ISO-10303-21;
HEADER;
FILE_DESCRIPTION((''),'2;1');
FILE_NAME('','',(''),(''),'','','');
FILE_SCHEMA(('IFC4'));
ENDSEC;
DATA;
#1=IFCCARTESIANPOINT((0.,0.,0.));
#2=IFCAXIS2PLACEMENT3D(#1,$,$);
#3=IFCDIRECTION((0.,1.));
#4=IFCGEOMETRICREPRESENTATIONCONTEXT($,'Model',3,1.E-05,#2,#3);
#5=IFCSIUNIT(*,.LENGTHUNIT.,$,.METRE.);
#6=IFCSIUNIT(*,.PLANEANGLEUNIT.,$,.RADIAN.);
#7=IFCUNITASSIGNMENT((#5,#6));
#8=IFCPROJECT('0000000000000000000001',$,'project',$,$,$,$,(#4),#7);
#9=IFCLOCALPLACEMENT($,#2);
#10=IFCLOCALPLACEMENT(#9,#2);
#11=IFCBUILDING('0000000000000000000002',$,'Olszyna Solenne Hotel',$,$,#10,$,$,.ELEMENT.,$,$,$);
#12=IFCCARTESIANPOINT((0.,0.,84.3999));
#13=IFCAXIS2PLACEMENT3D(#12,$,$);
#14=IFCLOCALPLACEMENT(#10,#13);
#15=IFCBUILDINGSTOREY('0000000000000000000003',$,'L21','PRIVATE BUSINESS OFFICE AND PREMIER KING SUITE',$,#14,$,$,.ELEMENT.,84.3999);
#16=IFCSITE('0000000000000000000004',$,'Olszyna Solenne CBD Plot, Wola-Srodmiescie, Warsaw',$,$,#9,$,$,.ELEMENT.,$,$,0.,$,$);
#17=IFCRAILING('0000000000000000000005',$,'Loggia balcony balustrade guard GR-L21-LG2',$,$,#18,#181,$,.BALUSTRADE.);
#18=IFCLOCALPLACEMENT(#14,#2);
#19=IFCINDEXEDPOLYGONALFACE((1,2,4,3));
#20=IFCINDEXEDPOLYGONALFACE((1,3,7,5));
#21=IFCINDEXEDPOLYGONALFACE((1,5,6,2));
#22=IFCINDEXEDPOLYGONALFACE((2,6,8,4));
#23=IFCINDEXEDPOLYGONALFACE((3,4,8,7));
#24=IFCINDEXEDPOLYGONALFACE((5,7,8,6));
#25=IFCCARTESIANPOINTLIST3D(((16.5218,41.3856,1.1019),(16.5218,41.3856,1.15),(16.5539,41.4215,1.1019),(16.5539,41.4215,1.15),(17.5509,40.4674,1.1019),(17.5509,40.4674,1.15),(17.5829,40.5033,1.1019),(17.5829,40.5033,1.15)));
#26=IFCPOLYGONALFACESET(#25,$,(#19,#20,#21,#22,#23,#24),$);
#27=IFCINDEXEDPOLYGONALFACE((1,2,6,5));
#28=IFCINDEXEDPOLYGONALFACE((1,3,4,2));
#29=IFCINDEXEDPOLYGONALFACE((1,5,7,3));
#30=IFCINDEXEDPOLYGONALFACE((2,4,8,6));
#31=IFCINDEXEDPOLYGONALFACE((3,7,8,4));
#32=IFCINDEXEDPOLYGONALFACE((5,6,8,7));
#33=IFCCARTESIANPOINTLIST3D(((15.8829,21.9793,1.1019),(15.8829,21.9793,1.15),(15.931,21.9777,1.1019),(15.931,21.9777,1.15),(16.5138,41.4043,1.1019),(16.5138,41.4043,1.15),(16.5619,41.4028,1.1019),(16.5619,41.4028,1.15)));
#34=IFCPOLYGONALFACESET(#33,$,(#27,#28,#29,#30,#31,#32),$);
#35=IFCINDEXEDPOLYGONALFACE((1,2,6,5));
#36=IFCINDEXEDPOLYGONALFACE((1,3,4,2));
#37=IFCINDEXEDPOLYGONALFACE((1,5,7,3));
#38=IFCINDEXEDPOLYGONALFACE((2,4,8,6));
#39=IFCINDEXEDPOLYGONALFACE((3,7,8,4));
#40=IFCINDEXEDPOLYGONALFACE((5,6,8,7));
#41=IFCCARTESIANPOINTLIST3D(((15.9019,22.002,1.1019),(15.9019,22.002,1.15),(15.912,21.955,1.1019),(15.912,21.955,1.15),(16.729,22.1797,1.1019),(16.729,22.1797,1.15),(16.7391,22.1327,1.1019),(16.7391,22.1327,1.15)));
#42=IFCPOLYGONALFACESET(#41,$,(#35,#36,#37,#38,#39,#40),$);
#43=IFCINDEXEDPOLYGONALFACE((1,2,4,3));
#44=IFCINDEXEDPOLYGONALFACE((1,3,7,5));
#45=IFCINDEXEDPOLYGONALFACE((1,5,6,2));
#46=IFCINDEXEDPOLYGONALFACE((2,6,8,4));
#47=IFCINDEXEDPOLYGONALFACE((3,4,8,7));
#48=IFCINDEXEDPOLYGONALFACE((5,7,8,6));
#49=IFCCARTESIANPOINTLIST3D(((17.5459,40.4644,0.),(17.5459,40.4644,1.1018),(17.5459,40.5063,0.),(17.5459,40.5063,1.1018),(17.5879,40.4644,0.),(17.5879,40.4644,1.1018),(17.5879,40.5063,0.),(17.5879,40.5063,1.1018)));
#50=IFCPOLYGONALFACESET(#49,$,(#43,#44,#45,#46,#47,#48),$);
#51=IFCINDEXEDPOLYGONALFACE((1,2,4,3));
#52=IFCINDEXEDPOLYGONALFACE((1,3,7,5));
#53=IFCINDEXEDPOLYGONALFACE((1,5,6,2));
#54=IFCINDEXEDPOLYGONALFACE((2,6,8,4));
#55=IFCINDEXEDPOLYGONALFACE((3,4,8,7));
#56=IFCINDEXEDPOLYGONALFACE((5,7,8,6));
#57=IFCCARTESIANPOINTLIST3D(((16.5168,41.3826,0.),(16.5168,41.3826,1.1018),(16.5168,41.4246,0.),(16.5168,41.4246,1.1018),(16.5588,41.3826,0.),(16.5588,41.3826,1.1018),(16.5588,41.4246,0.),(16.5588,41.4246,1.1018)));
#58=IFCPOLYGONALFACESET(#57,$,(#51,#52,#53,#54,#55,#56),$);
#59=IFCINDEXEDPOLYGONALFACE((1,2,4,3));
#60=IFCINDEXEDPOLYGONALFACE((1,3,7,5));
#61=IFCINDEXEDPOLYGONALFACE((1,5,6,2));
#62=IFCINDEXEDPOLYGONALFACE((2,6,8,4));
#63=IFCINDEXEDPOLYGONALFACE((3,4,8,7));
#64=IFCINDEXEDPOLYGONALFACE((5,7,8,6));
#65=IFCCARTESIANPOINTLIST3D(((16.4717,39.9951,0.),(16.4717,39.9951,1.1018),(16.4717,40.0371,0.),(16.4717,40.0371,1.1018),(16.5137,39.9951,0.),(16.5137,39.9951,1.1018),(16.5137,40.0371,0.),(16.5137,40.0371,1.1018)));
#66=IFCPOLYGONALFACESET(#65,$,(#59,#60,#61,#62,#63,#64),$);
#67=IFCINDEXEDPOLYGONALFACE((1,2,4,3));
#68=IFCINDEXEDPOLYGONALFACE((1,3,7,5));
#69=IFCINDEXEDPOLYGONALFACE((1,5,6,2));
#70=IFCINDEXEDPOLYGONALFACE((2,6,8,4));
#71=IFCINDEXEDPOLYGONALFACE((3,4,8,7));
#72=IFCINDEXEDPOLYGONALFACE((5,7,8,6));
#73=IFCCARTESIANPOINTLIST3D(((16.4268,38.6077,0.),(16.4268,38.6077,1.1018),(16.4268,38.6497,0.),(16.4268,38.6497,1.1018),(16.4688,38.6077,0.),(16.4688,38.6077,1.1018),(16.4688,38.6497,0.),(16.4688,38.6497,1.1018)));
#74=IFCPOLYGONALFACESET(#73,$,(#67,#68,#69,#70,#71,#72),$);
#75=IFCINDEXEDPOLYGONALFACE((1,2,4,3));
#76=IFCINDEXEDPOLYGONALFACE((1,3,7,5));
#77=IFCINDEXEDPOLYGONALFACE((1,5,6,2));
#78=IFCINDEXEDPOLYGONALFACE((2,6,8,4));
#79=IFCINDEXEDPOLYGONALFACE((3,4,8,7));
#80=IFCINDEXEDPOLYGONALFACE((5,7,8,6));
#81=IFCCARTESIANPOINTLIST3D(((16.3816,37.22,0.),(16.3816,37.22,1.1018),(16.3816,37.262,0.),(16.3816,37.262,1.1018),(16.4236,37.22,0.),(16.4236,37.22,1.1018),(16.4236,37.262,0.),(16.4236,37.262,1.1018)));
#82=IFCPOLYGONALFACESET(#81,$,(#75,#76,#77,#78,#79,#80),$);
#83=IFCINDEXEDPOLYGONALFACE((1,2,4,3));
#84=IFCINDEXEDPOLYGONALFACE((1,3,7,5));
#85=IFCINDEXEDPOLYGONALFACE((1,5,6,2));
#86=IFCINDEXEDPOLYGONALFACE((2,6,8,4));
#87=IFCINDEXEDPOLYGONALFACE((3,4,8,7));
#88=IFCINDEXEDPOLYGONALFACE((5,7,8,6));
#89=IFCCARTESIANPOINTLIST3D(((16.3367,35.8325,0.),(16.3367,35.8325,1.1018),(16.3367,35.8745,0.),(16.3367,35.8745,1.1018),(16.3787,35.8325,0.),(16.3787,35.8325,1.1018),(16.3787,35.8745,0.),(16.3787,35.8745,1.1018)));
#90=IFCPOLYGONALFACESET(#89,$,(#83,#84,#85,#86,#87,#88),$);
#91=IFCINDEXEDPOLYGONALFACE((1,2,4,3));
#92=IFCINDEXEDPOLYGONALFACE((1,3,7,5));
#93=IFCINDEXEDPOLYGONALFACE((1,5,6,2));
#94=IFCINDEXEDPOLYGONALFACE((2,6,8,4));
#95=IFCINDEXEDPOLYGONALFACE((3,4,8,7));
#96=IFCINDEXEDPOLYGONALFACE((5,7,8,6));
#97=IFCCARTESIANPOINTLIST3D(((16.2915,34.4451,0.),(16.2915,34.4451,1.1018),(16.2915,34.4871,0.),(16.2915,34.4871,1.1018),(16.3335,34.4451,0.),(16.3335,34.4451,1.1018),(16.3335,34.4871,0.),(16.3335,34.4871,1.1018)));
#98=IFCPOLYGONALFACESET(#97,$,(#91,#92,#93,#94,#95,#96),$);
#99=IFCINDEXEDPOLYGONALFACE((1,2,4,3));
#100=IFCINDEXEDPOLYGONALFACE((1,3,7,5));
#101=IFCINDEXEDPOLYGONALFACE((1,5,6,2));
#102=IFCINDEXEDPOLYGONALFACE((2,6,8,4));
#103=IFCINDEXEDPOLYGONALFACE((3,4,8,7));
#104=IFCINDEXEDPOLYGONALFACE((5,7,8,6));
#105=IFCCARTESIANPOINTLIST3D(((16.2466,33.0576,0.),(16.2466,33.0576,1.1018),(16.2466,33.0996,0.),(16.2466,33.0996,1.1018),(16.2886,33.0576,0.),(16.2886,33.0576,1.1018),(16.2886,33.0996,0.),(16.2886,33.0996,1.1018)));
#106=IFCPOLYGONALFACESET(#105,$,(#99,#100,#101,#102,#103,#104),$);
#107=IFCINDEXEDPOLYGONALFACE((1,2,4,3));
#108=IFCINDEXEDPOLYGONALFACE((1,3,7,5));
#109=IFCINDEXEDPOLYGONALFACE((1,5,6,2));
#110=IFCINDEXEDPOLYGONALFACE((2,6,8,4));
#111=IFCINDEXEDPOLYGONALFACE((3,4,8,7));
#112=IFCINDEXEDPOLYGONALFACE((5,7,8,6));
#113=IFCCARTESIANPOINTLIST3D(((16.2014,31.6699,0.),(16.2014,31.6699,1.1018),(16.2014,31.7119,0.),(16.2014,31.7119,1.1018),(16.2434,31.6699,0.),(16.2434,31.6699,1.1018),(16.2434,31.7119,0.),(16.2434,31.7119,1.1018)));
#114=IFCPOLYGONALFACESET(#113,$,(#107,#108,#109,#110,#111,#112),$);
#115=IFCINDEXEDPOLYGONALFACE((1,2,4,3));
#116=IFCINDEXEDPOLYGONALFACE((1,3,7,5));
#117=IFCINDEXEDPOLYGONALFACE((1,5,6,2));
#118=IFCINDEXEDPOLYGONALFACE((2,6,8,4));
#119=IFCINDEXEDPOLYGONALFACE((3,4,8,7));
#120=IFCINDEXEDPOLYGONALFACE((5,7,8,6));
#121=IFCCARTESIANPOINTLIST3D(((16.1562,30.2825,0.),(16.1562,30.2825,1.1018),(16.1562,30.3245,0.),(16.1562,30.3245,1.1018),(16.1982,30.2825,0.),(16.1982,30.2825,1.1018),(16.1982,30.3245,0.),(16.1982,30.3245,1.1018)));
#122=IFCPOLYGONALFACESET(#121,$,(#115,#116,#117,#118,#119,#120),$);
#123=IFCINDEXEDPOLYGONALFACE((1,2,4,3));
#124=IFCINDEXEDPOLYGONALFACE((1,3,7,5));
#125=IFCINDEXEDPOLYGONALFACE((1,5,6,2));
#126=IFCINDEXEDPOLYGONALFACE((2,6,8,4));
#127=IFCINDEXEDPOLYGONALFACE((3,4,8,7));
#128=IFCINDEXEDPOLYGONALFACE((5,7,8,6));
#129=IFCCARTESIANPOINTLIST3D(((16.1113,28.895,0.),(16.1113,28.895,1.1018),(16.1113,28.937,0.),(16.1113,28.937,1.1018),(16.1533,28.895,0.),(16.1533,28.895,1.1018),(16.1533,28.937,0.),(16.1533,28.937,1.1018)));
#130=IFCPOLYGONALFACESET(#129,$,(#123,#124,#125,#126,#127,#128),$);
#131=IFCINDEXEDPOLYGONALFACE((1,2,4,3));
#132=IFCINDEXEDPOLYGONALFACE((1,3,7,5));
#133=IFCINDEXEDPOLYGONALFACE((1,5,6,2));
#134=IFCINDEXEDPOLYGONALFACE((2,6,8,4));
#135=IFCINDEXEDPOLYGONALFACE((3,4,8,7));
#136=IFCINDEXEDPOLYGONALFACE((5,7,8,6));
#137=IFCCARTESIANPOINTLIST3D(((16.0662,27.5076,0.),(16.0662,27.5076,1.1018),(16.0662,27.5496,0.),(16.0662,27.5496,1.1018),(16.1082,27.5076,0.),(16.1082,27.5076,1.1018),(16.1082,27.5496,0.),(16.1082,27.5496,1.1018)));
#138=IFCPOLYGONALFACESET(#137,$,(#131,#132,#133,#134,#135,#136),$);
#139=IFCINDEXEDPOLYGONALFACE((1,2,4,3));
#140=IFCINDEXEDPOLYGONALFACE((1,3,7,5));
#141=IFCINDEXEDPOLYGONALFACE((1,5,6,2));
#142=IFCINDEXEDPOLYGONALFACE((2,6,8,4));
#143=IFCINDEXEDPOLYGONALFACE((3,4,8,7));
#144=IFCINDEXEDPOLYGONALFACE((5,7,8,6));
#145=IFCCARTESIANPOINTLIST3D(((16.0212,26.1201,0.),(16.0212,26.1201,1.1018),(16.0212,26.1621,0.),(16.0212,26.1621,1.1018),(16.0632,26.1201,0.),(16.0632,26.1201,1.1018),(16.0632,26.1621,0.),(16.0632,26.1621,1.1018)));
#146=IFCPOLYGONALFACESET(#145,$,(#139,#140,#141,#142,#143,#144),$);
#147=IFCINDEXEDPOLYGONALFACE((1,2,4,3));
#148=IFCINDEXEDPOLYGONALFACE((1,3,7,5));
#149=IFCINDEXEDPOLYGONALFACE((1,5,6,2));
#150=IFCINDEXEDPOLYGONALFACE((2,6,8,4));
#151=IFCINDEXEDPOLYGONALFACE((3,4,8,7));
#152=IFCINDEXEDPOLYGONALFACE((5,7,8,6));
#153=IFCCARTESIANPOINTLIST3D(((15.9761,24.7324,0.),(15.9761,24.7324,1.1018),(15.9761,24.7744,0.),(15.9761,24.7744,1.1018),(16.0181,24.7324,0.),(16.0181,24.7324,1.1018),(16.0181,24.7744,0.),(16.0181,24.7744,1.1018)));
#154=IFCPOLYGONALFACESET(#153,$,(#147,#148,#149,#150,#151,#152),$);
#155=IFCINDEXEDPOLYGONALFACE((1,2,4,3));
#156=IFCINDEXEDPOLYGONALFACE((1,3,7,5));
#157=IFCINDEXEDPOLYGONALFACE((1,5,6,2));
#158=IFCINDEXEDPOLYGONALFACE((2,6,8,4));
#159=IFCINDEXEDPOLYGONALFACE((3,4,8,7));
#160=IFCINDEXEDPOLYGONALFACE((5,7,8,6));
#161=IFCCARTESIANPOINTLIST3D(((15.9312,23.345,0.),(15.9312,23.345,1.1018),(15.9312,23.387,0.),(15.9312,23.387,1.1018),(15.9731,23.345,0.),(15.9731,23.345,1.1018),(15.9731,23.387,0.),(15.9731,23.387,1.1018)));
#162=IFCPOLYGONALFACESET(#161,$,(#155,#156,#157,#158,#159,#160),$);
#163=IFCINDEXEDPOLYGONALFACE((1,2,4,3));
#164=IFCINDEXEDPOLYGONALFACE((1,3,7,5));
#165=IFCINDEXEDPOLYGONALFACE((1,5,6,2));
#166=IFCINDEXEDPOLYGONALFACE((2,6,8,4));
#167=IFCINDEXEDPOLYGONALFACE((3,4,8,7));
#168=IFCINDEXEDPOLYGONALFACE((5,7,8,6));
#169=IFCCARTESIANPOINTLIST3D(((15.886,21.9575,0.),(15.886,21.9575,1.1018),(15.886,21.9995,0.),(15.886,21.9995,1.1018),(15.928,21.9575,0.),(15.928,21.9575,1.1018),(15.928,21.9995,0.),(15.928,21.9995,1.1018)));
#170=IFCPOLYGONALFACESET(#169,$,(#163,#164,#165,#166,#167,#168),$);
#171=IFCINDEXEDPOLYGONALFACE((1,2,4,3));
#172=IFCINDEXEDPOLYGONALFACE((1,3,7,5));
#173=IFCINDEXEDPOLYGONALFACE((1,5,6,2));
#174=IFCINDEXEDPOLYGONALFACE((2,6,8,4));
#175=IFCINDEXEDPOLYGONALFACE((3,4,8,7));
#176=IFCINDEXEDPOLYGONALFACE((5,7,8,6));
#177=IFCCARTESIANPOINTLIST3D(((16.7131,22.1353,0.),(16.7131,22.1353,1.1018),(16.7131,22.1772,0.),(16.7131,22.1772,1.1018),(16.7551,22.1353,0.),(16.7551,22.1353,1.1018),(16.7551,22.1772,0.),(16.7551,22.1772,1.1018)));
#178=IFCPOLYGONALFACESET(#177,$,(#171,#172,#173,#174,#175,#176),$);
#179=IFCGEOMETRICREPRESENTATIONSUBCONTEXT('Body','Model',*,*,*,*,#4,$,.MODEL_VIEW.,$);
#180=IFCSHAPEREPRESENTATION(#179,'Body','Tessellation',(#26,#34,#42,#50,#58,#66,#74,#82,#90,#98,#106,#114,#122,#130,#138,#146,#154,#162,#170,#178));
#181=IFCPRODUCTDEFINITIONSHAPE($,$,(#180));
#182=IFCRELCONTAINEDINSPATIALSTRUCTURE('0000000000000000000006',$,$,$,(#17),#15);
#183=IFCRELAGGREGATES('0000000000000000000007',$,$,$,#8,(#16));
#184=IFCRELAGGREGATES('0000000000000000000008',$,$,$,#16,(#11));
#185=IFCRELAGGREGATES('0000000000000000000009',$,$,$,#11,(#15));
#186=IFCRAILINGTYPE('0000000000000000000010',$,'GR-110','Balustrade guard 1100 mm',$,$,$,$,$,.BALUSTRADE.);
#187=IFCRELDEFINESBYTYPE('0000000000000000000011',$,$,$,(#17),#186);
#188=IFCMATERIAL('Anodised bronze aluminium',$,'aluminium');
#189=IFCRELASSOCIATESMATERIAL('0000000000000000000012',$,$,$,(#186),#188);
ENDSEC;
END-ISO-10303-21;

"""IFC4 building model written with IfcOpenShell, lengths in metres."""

from ifc_helpers import new_model, si_unit, direction, frame, origin, origin_2d, place, context, subcontext, project, spatial, rectangle, extrude, material, type_object, element, save


model = new_model("IFC4")

# Units and contexts
model_context = context("Model", 3, precision=1e-05, world=origin(), true_north=direction((0.0, 1.0)))
body_context = subcontext(model_context, "Body", "Model", "MODEL_VIEW")
ifc_project = project(units=[si_unit("LENGTHUNIT", "METRE"), si_unit("PLANEANGLEUNIT", "RADIAN")], contexts=[model_context])

# Site, building, storey
site_placement = place(None, origin())
site = spatial("IfcSite", under=ifc_project, at=site_placement, Name="Olszyna Solenne CBD Plot, Wola-Srodmiescie, Warsaw", CompositionType="ELEMENT", RefElevation=0.0)
building_placement = place(site_placement, origin())
building = spatial("IfcBuilding", under=site, at=building_placement, Name="Olszyna Solenne Hotel", CompositionType="ELEMENT")
storey_placement = place(building_placement, frame((0.0, 0.0, 84.3999)))
storey = spatial("IfcBuildingStorey", under=building, at=storey_placement, Name="L21", Description="PRIVATE BUSINESS OFFICE AND PREMIER KING SUITE", CompositionType="ELEMENT", Elevation=84.3999)

# Railing
ifc_material_1 = material(Name="Anodised bronze aluminium", Category="aluminium")
railing_type = type_object("IfcRailingType", Name="GR-110", Description="Balustrade guard 1100 mm", PredefinedType="BALUSTRADE", material=ifc_material_1)
railing_placement = place(storey_placement, frame((17.5669, 40.4854, 0.0)))
element("IfcRailing", 1, at=railing_placement, inside=storey, type_object=railing_type, Name="Loggia balcony balustrade guard GR-L21-LG2", PredefinedType="BALUSTRADE", context=body_context, shape_type="SweptSolid", body=[
    extrude(rectangle(XDim=0.0481, YDim=0.0481, at=origin_2d()), frame((0.0, 0.0, 1.126), z_axis=(-0.746148, 0.66578, 0.0), x_axis=(-0.66578, -0.746148, 0.0)), (0.0, 0.0, 1.0), 1.3792),
    extrude(rectangle(XDim=0.0481, YDim=0.0481, at=origin_2d()), frame((-1.0291, 0.9182, 1.126), z_axis=(-0.032459, -0.999473, 0.0), x_axis=(0.999473, -0.032459, 0.0)), (0.0, 0.0, 1.0), 19.4353),
    extrude(rectangle(XDim=0.0481, YDim=0.0481, at=origin_2d()), frame((-1.6599, -18.5068, 1.126), z_axis=(0.977684, 0.210081, 0.0), x_axis=(-0.210081, 0.977684, 0.0)), (0.0, 0.0, 1.0), 0.8459),
    extrude(rectangle(XDim=0.042, YDim=0.042, at=origin_2d()), origin(), (0.0, 0.0, 1.0), 1.1018),
    extrude(rectangle(XDim=0.042, YDim=0.042, at=origin_2d()), frame((-1.0291, 0.9182, 0.0)), (0.0, 0.0, 1.0), 1.1018),
    extrude(rectangle(XDim=0.042, YDim=0.042, at=origin_2d()), frame((-1.0742, -0.4692, 0.0)), (0.0, 0.0, 1.0), 1.1018),
    extrude(rectangle(XDim=0.042, YDim=0.042, at=origin_2d()), frame((-1.1191, -1.8567, 0.0)), (0.0, 0.0, 1.0), 1.1018),
    extrude(rectangle(XDim=0.042, YDim=0.042, at=origin_2d()), frame((-1.1643, -3.2444, 0.0)), (0.0, 0.0, 1.0), 1.1018),
    extrude(rectangle(XDim=0.042, YDim=0.042, at=origin_2d()), frame((-1.2092, -4.6318, 0.0)), (0.0, 0.0, 1.0), 1.1018),
    extrude(rectangle(XDim=0.042, YDim=0.042, at=origin_2d()), frame((-1.2544, -6.0193, 0.0)), (0.0, 0.0, 1.0), 1.1018),
    extrude(rectangle(XDim=0.042, YDim=0.042, at=origin_2d()), frame((-1.2993, -7.4067, 0.0)), (0.0, 0.0, 1.0), 1.1018),
    extrude(rectangle(XDim=0.042, YDim=0.042, at=origin_2d()), frame((-1.3445, -8.7944, 0.0)), (0.0, 0.0, 1.0), 1.1018),
    extrude(rectangle(XDim=0.042, YDim=0.042, at=origin_2d()), frame((-1.3896, -10.1819, 0.0)), (0.0, 0.0, 1.0), 1.1018),
    extrude(rectangle(XDim=0.042, YDim=0.042, at=origin_2d()), frame((-1.4346, -11.5693, 0.0)), (0.0, 0.0, 1.0), 1.1018),
    extrude(rectangle(XDim=0.042, YDim=0.042, at=origin_2d()), frame((-1.4797, -12.9568, 0.0)), (0.0, 0.0, 1.0), 1.1018),
    extrude(rectangle(XDim=0.042, YDim=0.042, at=origin_2d()), frame((-1.5247, -14.3442, 0.0)), (0.0, 0.0, 1.0), 1.1018),
    extrude(rectangle(XDim=0.042, YDim=0.042, at=origin_2d()), frame((-1.5698, -15.7319, 0.0)), (0.0, 0.0, 1.0), 1.1018),
    extrude(rectangle(XDim=0.042, YDim=0.042, at=origin_2d()), frame((-1.6147, -17.1194, 0.0)), (0.0, 0.0, 1.0), 1.1018),
    extrude(rectangle(XDim=0.042, YDim=0.042, at=origin_2d()), frame((-1.6599, -18.5068, 0.0)), (0.0, 0.0, 1.0), 1.1018),
    extrude(rectangle(XDim=0.042, YDim=0.042, at=origin_2d()), frame((-0.8328, -18.3291, 0.0)), (0.0, 0.0, 1.0), 1.1018),
])

save(model, "model.ifc")
